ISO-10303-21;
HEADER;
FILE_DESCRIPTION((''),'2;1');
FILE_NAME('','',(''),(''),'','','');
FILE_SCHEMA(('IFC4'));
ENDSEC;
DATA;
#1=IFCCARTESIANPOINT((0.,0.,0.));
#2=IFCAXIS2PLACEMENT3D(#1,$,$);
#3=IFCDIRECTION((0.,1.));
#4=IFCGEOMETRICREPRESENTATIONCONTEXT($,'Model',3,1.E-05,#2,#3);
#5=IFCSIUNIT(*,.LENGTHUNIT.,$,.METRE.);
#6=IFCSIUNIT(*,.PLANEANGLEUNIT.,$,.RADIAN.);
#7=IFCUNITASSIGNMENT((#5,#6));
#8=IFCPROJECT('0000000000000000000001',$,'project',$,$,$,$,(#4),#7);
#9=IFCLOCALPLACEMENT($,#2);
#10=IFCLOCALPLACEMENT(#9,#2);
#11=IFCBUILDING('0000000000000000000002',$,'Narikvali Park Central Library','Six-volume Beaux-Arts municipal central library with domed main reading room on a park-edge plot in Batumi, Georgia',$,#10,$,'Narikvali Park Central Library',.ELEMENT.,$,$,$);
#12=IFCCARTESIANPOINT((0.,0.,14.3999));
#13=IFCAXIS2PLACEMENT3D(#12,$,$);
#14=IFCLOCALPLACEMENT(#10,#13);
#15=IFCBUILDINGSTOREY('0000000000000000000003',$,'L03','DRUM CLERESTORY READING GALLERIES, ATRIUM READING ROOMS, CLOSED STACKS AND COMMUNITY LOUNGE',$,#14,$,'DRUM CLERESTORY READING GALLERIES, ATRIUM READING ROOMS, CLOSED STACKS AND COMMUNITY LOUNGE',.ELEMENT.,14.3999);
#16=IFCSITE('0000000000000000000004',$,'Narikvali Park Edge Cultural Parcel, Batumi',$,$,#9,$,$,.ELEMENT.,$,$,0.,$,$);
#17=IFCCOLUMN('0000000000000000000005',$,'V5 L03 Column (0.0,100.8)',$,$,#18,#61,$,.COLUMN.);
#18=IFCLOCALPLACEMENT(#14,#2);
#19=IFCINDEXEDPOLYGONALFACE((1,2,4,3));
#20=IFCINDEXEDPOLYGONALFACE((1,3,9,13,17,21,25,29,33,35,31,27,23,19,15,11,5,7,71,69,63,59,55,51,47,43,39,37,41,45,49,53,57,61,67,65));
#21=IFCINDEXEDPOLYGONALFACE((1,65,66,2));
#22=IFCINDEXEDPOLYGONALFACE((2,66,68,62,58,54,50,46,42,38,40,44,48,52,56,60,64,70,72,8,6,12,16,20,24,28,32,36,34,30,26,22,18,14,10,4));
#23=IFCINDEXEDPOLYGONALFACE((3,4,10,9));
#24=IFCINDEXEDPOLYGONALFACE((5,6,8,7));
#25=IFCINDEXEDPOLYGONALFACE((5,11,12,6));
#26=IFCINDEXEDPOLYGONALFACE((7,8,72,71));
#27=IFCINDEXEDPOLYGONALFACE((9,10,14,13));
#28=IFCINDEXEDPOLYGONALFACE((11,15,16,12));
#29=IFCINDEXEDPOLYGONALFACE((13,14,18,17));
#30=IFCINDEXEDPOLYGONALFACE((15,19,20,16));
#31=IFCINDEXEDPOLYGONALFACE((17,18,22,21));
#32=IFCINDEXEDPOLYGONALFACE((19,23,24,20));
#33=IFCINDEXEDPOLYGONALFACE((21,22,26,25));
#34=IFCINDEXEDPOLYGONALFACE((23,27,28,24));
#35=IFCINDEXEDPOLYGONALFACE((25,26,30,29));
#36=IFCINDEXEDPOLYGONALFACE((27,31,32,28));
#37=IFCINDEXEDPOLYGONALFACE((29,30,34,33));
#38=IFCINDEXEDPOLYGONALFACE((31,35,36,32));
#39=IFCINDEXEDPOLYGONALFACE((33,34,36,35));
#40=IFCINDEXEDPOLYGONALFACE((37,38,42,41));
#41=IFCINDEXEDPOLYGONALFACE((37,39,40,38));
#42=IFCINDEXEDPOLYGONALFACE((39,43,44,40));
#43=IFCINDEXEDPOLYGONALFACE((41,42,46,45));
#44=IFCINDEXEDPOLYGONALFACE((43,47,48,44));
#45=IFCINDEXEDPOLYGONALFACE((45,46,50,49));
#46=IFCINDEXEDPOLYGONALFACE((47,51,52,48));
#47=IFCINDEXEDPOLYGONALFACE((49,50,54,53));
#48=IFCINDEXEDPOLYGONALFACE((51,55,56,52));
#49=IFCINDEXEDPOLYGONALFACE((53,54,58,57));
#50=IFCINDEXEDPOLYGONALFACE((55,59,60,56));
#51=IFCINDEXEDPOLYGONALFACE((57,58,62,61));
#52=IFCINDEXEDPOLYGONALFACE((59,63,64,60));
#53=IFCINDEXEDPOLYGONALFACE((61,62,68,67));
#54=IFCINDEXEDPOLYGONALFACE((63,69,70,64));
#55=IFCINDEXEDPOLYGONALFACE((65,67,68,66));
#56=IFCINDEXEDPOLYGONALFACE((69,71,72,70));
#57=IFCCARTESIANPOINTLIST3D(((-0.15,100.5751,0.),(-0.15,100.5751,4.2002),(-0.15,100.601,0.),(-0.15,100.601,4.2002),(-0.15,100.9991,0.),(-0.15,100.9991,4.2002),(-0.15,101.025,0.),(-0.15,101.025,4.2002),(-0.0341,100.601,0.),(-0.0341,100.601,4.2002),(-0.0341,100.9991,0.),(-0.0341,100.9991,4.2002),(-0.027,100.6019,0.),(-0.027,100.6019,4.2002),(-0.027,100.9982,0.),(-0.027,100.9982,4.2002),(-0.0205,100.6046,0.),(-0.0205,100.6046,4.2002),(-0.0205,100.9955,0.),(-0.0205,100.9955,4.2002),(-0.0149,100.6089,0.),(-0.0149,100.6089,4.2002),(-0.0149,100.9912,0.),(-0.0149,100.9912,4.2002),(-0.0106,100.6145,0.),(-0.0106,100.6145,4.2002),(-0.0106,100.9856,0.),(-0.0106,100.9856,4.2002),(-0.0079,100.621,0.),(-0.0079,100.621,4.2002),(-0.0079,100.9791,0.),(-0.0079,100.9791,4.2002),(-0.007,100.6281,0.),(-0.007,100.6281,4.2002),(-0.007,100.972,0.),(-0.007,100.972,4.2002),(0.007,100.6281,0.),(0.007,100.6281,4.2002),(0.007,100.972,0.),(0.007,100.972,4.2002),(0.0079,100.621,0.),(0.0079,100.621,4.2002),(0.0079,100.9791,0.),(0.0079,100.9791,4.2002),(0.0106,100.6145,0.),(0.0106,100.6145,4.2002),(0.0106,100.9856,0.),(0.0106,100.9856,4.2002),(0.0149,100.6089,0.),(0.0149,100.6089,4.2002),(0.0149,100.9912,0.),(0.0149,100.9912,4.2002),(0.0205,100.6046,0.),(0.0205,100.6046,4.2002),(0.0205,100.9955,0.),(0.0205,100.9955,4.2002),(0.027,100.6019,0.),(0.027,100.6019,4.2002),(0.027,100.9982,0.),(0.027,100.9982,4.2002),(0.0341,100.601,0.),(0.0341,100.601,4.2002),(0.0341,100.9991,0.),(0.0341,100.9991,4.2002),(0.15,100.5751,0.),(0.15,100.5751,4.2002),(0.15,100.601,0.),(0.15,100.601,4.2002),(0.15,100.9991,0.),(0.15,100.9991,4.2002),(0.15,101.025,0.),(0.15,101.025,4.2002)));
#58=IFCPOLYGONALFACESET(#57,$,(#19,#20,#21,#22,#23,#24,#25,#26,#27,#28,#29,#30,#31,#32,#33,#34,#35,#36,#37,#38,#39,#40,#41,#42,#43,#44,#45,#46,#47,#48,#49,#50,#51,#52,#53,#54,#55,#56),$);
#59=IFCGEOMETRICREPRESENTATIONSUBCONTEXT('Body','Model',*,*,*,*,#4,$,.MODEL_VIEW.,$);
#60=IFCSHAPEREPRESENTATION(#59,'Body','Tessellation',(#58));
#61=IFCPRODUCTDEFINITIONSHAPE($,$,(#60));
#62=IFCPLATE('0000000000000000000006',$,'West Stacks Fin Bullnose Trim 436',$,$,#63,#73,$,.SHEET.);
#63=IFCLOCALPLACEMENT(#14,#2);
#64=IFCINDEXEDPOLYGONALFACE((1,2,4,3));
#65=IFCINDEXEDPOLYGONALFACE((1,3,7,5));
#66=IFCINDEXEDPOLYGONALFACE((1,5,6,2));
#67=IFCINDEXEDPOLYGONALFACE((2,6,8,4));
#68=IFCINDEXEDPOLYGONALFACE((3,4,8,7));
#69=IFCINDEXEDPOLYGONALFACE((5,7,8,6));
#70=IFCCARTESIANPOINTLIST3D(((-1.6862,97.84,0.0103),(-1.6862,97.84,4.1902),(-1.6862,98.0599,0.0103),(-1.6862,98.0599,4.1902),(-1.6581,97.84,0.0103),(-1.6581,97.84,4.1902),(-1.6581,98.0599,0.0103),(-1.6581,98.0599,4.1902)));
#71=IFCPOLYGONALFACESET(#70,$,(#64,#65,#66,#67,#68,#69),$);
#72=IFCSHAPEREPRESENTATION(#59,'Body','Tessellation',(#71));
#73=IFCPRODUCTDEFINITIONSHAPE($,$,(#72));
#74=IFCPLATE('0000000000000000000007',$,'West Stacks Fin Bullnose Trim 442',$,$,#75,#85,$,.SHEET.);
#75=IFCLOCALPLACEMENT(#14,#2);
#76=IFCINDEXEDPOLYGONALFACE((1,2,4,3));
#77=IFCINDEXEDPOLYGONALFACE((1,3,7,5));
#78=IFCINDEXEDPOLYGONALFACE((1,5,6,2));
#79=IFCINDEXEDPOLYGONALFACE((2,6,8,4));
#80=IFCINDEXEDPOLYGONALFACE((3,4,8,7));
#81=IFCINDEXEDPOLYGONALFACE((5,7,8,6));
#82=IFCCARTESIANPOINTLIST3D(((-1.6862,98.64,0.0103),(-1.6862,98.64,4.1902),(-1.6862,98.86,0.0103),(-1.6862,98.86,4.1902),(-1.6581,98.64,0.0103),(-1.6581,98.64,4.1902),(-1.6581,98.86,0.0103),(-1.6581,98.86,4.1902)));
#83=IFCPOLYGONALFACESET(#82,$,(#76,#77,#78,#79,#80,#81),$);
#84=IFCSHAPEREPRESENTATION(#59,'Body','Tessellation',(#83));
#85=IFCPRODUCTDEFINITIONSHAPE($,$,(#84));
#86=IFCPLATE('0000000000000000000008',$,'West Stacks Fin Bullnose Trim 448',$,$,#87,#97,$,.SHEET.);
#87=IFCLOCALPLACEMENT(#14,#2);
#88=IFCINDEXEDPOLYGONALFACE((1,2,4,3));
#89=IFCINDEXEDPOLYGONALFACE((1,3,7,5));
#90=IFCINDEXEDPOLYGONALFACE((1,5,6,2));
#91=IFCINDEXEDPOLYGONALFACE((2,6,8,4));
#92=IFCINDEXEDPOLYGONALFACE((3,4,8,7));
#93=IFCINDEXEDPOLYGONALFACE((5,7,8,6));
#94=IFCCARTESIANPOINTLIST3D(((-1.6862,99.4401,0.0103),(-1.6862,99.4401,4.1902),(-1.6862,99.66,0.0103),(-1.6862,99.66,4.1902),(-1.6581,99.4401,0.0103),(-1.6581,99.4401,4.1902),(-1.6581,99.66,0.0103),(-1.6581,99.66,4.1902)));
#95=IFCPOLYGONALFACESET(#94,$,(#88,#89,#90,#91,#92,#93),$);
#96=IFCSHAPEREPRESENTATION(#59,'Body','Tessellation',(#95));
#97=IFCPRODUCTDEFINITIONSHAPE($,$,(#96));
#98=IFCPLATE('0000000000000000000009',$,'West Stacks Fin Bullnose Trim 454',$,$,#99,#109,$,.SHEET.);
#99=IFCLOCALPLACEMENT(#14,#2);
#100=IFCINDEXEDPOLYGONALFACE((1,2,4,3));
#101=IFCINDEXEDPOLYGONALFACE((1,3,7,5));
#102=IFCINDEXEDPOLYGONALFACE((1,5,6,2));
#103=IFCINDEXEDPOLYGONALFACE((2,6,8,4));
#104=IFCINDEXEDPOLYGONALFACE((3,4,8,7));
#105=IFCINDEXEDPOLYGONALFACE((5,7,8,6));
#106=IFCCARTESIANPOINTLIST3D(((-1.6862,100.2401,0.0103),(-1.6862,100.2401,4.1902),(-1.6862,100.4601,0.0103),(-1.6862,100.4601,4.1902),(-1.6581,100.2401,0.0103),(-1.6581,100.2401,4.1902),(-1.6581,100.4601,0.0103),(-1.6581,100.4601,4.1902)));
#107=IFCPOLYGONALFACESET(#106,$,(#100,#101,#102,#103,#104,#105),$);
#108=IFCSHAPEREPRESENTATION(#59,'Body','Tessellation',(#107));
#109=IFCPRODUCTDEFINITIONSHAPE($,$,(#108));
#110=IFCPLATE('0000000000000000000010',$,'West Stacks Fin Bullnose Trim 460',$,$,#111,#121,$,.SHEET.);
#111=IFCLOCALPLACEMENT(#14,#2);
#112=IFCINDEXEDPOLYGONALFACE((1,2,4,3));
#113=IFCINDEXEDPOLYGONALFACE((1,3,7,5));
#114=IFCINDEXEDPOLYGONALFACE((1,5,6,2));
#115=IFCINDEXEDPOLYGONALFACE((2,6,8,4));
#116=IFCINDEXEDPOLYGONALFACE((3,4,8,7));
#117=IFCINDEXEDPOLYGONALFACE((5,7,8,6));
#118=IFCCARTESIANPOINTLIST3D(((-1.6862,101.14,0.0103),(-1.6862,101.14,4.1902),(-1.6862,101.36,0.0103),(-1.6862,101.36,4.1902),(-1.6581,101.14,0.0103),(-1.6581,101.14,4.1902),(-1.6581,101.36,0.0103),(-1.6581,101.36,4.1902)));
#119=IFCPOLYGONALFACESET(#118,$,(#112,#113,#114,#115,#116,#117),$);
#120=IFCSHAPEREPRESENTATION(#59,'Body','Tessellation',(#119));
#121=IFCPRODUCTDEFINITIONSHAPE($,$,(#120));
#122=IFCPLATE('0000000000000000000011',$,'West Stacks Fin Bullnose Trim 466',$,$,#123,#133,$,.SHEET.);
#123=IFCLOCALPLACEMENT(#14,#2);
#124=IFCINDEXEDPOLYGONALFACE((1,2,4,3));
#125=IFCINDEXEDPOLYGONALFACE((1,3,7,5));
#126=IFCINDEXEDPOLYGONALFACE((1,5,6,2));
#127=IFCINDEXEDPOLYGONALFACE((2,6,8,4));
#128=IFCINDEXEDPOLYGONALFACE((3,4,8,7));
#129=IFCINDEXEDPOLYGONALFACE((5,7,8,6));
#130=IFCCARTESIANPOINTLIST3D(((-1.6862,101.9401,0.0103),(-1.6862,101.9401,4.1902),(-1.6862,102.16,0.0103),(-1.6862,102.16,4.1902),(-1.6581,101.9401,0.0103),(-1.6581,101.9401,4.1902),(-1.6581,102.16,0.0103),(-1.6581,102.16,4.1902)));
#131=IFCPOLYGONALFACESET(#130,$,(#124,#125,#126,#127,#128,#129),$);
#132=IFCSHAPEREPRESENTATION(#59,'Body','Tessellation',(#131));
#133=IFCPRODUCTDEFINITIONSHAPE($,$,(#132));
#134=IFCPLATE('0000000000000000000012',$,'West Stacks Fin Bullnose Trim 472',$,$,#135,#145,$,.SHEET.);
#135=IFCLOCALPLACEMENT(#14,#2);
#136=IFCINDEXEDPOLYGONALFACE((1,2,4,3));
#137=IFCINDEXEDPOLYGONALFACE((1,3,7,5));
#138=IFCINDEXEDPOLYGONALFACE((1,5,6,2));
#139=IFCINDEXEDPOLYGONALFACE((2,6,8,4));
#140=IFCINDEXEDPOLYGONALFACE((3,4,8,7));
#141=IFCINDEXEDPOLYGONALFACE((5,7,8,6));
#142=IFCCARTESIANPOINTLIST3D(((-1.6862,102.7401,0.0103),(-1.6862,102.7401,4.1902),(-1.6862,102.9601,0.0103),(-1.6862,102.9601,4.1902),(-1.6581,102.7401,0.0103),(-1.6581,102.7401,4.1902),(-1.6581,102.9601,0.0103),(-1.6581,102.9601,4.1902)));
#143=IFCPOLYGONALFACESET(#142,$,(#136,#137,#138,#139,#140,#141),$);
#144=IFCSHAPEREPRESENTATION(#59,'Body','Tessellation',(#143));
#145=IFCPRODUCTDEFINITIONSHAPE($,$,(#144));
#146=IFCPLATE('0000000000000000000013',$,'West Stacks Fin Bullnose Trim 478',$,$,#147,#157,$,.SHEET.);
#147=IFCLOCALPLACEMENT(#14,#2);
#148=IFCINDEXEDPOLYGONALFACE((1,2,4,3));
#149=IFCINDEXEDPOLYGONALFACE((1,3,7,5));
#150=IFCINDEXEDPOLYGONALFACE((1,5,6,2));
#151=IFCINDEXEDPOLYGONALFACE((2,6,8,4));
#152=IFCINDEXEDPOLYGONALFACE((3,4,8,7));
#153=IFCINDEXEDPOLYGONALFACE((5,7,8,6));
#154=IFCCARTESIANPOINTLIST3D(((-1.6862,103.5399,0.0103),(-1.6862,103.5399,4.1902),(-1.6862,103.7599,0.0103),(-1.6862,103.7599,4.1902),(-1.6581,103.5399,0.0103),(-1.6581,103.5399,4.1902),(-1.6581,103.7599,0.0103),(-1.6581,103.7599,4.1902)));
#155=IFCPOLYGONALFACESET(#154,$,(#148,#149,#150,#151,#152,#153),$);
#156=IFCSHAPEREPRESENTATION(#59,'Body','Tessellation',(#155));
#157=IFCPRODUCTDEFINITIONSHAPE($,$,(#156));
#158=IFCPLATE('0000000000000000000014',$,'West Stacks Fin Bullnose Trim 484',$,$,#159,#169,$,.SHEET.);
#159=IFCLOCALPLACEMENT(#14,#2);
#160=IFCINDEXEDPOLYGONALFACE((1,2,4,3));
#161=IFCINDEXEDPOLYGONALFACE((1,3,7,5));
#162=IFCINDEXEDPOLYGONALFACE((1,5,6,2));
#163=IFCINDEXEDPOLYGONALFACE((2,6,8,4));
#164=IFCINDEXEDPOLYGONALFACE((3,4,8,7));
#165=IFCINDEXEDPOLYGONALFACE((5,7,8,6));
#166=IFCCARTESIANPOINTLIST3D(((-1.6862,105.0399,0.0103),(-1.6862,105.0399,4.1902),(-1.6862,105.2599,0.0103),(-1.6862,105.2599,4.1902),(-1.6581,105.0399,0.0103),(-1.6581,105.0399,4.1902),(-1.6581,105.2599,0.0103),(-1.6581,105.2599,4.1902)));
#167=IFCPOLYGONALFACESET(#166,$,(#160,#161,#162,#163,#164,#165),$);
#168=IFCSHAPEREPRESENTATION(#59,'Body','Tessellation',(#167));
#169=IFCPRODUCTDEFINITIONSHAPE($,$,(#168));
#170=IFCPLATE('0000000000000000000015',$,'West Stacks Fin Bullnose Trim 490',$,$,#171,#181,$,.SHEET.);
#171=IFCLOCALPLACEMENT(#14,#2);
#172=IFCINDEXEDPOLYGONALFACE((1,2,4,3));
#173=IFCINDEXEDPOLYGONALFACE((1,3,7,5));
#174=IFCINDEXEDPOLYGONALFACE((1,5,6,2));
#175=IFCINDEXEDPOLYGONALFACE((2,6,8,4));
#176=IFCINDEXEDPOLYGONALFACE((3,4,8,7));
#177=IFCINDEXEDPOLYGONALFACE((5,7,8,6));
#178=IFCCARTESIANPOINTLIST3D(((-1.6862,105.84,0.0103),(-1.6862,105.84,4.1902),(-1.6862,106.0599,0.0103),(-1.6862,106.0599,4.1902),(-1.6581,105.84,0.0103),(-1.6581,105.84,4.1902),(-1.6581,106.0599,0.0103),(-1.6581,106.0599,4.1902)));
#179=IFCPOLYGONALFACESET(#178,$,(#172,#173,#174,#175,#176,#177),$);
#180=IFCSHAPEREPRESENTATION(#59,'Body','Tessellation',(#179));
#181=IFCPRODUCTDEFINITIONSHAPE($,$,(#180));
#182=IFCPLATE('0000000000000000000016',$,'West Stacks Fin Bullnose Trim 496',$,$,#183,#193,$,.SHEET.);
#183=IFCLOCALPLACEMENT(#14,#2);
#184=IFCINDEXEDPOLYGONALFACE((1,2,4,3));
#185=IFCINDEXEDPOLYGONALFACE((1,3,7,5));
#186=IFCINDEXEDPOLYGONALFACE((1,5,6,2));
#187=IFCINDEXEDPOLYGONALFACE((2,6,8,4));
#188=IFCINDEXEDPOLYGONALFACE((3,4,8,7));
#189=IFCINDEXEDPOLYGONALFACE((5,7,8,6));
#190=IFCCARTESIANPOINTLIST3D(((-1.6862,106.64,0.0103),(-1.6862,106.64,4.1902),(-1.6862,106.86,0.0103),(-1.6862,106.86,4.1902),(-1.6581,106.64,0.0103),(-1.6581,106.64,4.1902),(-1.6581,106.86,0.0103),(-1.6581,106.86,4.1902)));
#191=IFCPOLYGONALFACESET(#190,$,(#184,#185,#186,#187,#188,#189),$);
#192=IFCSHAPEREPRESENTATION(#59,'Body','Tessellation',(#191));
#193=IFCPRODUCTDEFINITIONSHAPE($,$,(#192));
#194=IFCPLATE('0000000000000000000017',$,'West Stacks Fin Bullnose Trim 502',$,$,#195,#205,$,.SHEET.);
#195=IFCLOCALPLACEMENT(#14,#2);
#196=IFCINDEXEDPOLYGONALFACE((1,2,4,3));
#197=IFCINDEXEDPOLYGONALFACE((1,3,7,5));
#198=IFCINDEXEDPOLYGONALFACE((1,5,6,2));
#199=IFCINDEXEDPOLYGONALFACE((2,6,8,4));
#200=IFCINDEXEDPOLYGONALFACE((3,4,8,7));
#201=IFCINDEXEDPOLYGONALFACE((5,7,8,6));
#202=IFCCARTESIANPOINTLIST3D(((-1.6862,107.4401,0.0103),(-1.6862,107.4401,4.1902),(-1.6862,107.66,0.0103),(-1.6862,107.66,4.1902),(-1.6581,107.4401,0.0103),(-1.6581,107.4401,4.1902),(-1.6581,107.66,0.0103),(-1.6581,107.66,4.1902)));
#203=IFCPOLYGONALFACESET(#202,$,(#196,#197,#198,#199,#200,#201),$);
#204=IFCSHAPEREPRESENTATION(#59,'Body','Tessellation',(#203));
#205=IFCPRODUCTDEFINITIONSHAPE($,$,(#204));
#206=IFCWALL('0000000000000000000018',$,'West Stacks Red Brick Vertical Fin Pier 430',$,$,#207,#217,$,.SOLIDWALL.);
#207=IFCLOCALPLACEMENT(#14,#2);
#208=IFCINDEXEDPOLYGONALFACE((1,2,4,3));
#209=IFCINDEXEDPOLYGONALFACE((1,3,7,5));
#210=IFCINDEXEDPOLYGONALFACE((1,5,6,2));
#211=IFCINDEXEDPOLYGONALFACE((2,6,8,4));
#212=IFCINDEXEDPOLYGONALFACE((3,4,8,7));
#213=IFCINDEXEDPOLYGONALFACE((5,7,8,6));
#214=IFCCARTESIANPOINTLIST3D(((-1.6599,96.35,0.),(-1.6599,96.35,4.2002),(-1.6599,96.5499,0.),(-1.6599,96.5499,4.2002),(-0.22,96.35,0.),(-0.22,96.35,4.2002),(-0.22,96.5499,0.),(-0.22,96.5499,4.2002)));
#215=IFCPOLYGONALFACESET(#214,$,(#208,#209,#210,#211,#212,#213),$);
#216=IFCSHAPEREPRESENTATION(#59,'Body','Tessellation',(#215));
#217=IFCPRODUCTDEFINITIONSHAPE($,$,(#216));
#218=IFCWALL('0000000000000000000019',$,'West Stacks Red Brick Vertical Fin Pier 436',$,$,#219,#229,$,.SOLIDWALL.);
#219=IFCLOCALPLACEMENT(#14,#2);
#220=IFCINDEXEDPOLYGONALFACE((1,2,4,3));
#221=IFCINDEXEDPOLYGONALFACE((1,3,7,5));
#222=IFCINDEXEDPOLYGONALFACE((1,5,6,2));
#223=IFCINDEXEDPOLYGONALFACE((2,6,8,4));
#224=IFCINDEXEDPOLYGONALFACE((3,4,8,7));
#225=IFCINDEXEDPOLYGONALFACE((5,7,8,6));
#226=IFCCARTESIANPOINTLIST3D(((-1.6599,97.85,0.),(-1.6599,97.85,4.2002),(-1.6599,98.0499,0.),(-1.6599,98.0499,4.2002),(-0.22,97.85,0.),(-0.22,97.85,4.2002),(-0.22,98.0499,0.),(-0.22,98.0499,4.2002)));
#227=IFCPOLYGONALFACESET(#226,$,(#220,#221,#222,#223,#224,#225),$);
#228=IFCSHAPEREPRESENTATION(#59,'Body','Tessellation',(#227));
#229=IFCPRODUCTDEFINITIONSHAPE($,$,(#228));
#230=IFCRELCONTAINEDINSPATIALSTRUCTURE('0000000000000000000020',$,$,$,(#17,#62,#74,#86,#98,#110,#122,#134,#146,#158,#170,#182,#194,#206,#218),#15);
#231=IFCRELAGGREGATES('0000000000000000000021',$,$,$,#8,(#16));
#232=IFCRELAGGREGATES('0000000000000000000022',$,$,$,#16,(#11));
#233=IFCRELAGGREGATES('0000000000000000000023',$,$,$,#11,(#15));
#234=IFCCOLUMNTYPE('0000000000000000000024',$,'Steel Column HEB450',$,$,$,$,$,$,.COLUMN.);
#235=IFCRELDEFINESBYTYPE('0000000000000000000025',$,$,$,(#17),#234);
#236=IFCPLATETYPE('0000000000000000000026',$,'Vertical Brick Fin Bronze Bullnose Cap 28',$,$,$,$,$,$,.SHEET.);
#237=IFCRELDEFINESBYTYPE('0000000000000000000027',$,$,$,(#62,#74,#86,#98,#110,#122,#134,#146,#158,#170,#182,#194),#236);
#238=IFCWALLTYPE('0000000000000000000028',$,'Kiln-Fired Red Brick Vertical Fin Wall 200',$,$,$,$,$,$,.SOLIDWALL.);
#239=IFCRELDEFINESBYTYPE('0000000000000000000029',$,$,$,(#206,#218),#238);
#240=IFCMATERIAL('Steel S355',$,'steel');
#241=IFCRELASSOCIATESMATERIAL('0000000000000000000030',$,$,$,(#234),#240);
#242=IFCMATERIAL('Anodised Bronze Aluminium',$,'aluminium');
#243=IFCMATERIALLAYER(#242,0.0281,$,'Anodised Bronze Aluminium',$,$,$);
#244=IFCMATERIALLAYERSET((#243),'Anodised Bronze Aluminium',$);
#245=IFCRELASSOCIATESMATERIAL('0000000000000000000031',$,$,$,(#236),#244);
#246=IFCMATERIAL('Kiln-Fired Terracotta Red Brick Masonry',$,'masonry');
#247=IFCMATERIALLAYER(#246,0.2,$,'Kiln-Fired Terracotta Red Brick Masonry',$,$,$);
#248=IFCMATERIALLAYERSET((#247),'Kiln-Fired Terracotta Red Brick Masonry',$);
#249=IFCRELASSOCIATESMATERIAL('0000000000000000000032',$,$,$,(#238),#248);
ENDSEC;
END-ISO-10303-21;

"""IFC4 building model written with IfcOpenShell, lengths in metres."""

from ifc_helpers import new_model, si_unit, direction, frame, frame_2d, origin, origin_2d, place, context, subcontext, project, spatial, rectangle, i_section, extrude, material, layer, layer_set, material_profile, profile_set, type_object, element, save


model = new_model("IFC4")

# Units and contexts
model_context = context("Model", 3, precision=1e-05, world=origin(), true_north=direction((0.0, 1.0)))
body_context = subcontext(model_context, "Body", "Model", "MODEL_VIEW")
ifc_project = project(units=[si_unit("LENGTHUNIT", "METRE"), si_unit("PLANEANGLEUNIT", "RADIAN")], contexts=[model_context])

# Site, building, storey
site_placement = place(None, origin())
site = spatial("IfcSite", under=ifc_project, at=site_placement, Name="Narikvali Park Edge Cultural Parcel, Batumi", CompositionType="ELEMENT", RefElevation=0.0)
building_placement = place(site_placement, origin())
building = spatial("IfcBuilding", under=site, at=building_placement, Name="Narikvali Park Central Library", Description="Six-volume Beaux-Arts municipal central library with domed main reading room on a park-edge plot in Batumi, Georgia", LongName="Narikvali Park Central Library", CompositionType="ELEMENT")
storey_placement = place(building_placement, frame((0.0, 0.0, 14.3999)))
storey = spatial("IfcBuildingStorey", under=building, at=storey_placement, Name="L03", Description="DRUM CLERESTORY READING GALLERIES, ATRIUM READING ROOMS, CLOSED STACKS AND COMMUNITY LOUNGE", LongName="DRUM CLERESTORY READING GALLERIES, ATRIUM READING ROOMS, CLOSED STACKS AND COMMUNITY LOUNGE", CompositionType="ELEMENT", Elevation=14.3999)

# Column
ifc_material_1 = material(Name="Steel S355", Category="steel")
ifc_material_profile = material_profile(ifc_material_1, i_section(OverallWidth=0.3, OverallDepth=0.45, WebThickness=0.0139, FlangeThickness=0.0259, FilletRadius=0.0271, at=origin_2d()), Name="HEB 450")
ifc_profile_set = profile_set([ifc_material_profile], Name="Steel S355")
column_type = type_object("IfcColumnType", Name="Steel Column HEB450", PredefinedType="COLUMN", material=ifc_profile_set)
column_placement = place(storey_placement, frame((0.0, 100.8, 0.0), z_axis=(0.0, 0.0, 1.0), x_axis=(1.0, 0.0, 0.0)))
element("IfcColumn", 1, at=column_placement, inside=storey, type_object=column_type, Name="V5 L03 Column (0.0,100.8)", PredefinedType="COLUMN", context=body_context, shape_type="SweptSolid", body=[
    extrude(i_section(OverallWidth=0.3, OverallDepth=0.45, WebThickness=0.0139, FlangeThickness=0.0259, FilletRadius=0.0271, at=origin_2d()), origin(), (0.0, 0.0, 1.0), 4.2002),
])

# Plates
ifc_material_2 = material(Name="Anodised Bronze Aluminium", Category="aluminium")
ifc_layer_1 = layer(ifc_material_2, 0.0281, Name="Anodised Bronze Aluminium")
ifc_layer_set_1 = layer_set([ifc_layer_1], Name="Anodised Bronze Aluminium")
plate_type = type_object("IfcPlateType", Name="Vertical Brick Fin Bronze Bullnose Cap 28", PredefinedType="SHEET", material=ifc_layer_set_1)
for number, where, z_axis, x_axis, name in (
    (2, (-1.6721, 97.95, 0.0103), (0.0, 0.0, 1.0), (1.0, 0.0, 0.0), "West Stacks Fin Bullnose Trim 436"),
    (3, (-1.6721, 98.75, 0.0103), (0.0, 0.0, 1.0), (1.0, 0.0, 0.0), "West Stacks Fin Bullnose Trim 442"),
    (4, (-1.6721, 99.55, 0.0103), (0.0, 0.0, 1.0), (1.0, 0.0, 0.0), "West Stacks Fin Bullnose Trim 448"),
    (5, (-1.6721, 100.3501, 0.0103), (0.0, 0.0, 1.0), (1.0, 0.0, 0.0), "West Stacks Fin Bullnose Trim 454"),
    (6, (-1.6721, 101.25, 0.0103), (0.0, 0.0, 1.0), (1.0, 0.0, 0.0), "West Stacks Fin Bullnose Trim 460"),
    (7, (-1.6721, 102.05, 0.0103), (0.0, 0.0, 1.0), (1.0, 0.0, 0.0), "West Stacks Fin Bullnose Trim 466"),
    (8, (-1.6721, 102.8501, 0.0103), (0.0, 0.0, 1.0), (1.0, 0.0, 0.0), "West Stacks Fin Bullnose Trim 472"),
    (9, (-1.6721, 103.6499, 0.0103), (0.0, 0.0, 1.0), (1.0, 0.0, 0.0), "West Stacks Fin Bullnose Trim 478"),
    (10, (-1.6721, 105.1499, 0.0103), (0.0, 0.0, 1.0), (1.0, 0.0, 0.0), "West Stacks Fin Bullnose Trim 484"),
    (11, (-1.6721, 105.95, 0.0103), (0.0, 0.0, 1.0), (1.0, 0.0, 0.0), "West Stacks Fin Bullnose Trim 490"),
    (12, (-1.6721, 106.75, 0.0103), (0.0, 0.0, 1.0), (1.0, 0.0, 0.0), "West Stacks Fin Bullnose Trim 496"),
    (13, (-1.6721, 107.55, 0.0103), (0.0, 0.0, 1.0), (1.0, 0.0, 0.0), "West Stacks Fin Bullnose Trim 502"),
):
    element("IfcPlate", number, at=place(storey_placement, frame(where, z_axis=z_axis, x_axis=x_axis)), inside=storey, type_object=plate_type, Name=name, PredefinedType="SHEET", context=body_context, shape_type="SweptSolid", body=[
        extrude(rectangle(XDim=0.0281, YDim=0.22, at=origin_2d()), origin(), (0.0, 0.0, 1.0), 4.1799),
    ])

# Walls
ifc_material_3 = material(Name="Kiln-Fired Terracotta Red Brick Masonry", Category="masonry")
ifc_layer_2 = layer(ifc_material_3, 0.2, Name="Kiln-Fired Terracotta Red Brick Masonry")
ifc_layer_set_2 = layer_set([ifc_layer_2], Name="Kiln-Fired Terracotta Red Brick Masonry")
wall_type = type_object("IfcWallType", Name="Kiln-Fired Red Brick Vertical Fin Wall 200", PredefinedType="SOLIDWALL", material=ifc_layer_set_2)
for number, where, z_axis, x_axis, name in (
    (14, (-1.6599, 96.45, 0.0), (0.0, 0.0, 1.0), (1.0, 0.0, 0.0), "West Stacks Red Brick Vertical Fin Pier 430"),
    (15, (-1.6599, 97.95, 0.0), (0.0, 0.0, 1.0), (1.0, 0.0, 0.0), "West Stacks Red Brick Vertical Fin Pier 436"),
):
    element("IfcWall", number, at=place(storey_placement, frame(where, z_axis=z_axis, x_axis=x_axis)), inside=storey, type_object=wall_type, Name=name, PredefinedType="SOLIDWALL", context=body_context, shape_type="SweptSolid", body=[
        extrude(rectangle(XDim=1.4399, YDim=0.2, at=frame_2d((0.72, 0.0))), origin(), (0.0, 0.0, 1.0), 4.2002),
    ])

save(model, "model.ifc")
